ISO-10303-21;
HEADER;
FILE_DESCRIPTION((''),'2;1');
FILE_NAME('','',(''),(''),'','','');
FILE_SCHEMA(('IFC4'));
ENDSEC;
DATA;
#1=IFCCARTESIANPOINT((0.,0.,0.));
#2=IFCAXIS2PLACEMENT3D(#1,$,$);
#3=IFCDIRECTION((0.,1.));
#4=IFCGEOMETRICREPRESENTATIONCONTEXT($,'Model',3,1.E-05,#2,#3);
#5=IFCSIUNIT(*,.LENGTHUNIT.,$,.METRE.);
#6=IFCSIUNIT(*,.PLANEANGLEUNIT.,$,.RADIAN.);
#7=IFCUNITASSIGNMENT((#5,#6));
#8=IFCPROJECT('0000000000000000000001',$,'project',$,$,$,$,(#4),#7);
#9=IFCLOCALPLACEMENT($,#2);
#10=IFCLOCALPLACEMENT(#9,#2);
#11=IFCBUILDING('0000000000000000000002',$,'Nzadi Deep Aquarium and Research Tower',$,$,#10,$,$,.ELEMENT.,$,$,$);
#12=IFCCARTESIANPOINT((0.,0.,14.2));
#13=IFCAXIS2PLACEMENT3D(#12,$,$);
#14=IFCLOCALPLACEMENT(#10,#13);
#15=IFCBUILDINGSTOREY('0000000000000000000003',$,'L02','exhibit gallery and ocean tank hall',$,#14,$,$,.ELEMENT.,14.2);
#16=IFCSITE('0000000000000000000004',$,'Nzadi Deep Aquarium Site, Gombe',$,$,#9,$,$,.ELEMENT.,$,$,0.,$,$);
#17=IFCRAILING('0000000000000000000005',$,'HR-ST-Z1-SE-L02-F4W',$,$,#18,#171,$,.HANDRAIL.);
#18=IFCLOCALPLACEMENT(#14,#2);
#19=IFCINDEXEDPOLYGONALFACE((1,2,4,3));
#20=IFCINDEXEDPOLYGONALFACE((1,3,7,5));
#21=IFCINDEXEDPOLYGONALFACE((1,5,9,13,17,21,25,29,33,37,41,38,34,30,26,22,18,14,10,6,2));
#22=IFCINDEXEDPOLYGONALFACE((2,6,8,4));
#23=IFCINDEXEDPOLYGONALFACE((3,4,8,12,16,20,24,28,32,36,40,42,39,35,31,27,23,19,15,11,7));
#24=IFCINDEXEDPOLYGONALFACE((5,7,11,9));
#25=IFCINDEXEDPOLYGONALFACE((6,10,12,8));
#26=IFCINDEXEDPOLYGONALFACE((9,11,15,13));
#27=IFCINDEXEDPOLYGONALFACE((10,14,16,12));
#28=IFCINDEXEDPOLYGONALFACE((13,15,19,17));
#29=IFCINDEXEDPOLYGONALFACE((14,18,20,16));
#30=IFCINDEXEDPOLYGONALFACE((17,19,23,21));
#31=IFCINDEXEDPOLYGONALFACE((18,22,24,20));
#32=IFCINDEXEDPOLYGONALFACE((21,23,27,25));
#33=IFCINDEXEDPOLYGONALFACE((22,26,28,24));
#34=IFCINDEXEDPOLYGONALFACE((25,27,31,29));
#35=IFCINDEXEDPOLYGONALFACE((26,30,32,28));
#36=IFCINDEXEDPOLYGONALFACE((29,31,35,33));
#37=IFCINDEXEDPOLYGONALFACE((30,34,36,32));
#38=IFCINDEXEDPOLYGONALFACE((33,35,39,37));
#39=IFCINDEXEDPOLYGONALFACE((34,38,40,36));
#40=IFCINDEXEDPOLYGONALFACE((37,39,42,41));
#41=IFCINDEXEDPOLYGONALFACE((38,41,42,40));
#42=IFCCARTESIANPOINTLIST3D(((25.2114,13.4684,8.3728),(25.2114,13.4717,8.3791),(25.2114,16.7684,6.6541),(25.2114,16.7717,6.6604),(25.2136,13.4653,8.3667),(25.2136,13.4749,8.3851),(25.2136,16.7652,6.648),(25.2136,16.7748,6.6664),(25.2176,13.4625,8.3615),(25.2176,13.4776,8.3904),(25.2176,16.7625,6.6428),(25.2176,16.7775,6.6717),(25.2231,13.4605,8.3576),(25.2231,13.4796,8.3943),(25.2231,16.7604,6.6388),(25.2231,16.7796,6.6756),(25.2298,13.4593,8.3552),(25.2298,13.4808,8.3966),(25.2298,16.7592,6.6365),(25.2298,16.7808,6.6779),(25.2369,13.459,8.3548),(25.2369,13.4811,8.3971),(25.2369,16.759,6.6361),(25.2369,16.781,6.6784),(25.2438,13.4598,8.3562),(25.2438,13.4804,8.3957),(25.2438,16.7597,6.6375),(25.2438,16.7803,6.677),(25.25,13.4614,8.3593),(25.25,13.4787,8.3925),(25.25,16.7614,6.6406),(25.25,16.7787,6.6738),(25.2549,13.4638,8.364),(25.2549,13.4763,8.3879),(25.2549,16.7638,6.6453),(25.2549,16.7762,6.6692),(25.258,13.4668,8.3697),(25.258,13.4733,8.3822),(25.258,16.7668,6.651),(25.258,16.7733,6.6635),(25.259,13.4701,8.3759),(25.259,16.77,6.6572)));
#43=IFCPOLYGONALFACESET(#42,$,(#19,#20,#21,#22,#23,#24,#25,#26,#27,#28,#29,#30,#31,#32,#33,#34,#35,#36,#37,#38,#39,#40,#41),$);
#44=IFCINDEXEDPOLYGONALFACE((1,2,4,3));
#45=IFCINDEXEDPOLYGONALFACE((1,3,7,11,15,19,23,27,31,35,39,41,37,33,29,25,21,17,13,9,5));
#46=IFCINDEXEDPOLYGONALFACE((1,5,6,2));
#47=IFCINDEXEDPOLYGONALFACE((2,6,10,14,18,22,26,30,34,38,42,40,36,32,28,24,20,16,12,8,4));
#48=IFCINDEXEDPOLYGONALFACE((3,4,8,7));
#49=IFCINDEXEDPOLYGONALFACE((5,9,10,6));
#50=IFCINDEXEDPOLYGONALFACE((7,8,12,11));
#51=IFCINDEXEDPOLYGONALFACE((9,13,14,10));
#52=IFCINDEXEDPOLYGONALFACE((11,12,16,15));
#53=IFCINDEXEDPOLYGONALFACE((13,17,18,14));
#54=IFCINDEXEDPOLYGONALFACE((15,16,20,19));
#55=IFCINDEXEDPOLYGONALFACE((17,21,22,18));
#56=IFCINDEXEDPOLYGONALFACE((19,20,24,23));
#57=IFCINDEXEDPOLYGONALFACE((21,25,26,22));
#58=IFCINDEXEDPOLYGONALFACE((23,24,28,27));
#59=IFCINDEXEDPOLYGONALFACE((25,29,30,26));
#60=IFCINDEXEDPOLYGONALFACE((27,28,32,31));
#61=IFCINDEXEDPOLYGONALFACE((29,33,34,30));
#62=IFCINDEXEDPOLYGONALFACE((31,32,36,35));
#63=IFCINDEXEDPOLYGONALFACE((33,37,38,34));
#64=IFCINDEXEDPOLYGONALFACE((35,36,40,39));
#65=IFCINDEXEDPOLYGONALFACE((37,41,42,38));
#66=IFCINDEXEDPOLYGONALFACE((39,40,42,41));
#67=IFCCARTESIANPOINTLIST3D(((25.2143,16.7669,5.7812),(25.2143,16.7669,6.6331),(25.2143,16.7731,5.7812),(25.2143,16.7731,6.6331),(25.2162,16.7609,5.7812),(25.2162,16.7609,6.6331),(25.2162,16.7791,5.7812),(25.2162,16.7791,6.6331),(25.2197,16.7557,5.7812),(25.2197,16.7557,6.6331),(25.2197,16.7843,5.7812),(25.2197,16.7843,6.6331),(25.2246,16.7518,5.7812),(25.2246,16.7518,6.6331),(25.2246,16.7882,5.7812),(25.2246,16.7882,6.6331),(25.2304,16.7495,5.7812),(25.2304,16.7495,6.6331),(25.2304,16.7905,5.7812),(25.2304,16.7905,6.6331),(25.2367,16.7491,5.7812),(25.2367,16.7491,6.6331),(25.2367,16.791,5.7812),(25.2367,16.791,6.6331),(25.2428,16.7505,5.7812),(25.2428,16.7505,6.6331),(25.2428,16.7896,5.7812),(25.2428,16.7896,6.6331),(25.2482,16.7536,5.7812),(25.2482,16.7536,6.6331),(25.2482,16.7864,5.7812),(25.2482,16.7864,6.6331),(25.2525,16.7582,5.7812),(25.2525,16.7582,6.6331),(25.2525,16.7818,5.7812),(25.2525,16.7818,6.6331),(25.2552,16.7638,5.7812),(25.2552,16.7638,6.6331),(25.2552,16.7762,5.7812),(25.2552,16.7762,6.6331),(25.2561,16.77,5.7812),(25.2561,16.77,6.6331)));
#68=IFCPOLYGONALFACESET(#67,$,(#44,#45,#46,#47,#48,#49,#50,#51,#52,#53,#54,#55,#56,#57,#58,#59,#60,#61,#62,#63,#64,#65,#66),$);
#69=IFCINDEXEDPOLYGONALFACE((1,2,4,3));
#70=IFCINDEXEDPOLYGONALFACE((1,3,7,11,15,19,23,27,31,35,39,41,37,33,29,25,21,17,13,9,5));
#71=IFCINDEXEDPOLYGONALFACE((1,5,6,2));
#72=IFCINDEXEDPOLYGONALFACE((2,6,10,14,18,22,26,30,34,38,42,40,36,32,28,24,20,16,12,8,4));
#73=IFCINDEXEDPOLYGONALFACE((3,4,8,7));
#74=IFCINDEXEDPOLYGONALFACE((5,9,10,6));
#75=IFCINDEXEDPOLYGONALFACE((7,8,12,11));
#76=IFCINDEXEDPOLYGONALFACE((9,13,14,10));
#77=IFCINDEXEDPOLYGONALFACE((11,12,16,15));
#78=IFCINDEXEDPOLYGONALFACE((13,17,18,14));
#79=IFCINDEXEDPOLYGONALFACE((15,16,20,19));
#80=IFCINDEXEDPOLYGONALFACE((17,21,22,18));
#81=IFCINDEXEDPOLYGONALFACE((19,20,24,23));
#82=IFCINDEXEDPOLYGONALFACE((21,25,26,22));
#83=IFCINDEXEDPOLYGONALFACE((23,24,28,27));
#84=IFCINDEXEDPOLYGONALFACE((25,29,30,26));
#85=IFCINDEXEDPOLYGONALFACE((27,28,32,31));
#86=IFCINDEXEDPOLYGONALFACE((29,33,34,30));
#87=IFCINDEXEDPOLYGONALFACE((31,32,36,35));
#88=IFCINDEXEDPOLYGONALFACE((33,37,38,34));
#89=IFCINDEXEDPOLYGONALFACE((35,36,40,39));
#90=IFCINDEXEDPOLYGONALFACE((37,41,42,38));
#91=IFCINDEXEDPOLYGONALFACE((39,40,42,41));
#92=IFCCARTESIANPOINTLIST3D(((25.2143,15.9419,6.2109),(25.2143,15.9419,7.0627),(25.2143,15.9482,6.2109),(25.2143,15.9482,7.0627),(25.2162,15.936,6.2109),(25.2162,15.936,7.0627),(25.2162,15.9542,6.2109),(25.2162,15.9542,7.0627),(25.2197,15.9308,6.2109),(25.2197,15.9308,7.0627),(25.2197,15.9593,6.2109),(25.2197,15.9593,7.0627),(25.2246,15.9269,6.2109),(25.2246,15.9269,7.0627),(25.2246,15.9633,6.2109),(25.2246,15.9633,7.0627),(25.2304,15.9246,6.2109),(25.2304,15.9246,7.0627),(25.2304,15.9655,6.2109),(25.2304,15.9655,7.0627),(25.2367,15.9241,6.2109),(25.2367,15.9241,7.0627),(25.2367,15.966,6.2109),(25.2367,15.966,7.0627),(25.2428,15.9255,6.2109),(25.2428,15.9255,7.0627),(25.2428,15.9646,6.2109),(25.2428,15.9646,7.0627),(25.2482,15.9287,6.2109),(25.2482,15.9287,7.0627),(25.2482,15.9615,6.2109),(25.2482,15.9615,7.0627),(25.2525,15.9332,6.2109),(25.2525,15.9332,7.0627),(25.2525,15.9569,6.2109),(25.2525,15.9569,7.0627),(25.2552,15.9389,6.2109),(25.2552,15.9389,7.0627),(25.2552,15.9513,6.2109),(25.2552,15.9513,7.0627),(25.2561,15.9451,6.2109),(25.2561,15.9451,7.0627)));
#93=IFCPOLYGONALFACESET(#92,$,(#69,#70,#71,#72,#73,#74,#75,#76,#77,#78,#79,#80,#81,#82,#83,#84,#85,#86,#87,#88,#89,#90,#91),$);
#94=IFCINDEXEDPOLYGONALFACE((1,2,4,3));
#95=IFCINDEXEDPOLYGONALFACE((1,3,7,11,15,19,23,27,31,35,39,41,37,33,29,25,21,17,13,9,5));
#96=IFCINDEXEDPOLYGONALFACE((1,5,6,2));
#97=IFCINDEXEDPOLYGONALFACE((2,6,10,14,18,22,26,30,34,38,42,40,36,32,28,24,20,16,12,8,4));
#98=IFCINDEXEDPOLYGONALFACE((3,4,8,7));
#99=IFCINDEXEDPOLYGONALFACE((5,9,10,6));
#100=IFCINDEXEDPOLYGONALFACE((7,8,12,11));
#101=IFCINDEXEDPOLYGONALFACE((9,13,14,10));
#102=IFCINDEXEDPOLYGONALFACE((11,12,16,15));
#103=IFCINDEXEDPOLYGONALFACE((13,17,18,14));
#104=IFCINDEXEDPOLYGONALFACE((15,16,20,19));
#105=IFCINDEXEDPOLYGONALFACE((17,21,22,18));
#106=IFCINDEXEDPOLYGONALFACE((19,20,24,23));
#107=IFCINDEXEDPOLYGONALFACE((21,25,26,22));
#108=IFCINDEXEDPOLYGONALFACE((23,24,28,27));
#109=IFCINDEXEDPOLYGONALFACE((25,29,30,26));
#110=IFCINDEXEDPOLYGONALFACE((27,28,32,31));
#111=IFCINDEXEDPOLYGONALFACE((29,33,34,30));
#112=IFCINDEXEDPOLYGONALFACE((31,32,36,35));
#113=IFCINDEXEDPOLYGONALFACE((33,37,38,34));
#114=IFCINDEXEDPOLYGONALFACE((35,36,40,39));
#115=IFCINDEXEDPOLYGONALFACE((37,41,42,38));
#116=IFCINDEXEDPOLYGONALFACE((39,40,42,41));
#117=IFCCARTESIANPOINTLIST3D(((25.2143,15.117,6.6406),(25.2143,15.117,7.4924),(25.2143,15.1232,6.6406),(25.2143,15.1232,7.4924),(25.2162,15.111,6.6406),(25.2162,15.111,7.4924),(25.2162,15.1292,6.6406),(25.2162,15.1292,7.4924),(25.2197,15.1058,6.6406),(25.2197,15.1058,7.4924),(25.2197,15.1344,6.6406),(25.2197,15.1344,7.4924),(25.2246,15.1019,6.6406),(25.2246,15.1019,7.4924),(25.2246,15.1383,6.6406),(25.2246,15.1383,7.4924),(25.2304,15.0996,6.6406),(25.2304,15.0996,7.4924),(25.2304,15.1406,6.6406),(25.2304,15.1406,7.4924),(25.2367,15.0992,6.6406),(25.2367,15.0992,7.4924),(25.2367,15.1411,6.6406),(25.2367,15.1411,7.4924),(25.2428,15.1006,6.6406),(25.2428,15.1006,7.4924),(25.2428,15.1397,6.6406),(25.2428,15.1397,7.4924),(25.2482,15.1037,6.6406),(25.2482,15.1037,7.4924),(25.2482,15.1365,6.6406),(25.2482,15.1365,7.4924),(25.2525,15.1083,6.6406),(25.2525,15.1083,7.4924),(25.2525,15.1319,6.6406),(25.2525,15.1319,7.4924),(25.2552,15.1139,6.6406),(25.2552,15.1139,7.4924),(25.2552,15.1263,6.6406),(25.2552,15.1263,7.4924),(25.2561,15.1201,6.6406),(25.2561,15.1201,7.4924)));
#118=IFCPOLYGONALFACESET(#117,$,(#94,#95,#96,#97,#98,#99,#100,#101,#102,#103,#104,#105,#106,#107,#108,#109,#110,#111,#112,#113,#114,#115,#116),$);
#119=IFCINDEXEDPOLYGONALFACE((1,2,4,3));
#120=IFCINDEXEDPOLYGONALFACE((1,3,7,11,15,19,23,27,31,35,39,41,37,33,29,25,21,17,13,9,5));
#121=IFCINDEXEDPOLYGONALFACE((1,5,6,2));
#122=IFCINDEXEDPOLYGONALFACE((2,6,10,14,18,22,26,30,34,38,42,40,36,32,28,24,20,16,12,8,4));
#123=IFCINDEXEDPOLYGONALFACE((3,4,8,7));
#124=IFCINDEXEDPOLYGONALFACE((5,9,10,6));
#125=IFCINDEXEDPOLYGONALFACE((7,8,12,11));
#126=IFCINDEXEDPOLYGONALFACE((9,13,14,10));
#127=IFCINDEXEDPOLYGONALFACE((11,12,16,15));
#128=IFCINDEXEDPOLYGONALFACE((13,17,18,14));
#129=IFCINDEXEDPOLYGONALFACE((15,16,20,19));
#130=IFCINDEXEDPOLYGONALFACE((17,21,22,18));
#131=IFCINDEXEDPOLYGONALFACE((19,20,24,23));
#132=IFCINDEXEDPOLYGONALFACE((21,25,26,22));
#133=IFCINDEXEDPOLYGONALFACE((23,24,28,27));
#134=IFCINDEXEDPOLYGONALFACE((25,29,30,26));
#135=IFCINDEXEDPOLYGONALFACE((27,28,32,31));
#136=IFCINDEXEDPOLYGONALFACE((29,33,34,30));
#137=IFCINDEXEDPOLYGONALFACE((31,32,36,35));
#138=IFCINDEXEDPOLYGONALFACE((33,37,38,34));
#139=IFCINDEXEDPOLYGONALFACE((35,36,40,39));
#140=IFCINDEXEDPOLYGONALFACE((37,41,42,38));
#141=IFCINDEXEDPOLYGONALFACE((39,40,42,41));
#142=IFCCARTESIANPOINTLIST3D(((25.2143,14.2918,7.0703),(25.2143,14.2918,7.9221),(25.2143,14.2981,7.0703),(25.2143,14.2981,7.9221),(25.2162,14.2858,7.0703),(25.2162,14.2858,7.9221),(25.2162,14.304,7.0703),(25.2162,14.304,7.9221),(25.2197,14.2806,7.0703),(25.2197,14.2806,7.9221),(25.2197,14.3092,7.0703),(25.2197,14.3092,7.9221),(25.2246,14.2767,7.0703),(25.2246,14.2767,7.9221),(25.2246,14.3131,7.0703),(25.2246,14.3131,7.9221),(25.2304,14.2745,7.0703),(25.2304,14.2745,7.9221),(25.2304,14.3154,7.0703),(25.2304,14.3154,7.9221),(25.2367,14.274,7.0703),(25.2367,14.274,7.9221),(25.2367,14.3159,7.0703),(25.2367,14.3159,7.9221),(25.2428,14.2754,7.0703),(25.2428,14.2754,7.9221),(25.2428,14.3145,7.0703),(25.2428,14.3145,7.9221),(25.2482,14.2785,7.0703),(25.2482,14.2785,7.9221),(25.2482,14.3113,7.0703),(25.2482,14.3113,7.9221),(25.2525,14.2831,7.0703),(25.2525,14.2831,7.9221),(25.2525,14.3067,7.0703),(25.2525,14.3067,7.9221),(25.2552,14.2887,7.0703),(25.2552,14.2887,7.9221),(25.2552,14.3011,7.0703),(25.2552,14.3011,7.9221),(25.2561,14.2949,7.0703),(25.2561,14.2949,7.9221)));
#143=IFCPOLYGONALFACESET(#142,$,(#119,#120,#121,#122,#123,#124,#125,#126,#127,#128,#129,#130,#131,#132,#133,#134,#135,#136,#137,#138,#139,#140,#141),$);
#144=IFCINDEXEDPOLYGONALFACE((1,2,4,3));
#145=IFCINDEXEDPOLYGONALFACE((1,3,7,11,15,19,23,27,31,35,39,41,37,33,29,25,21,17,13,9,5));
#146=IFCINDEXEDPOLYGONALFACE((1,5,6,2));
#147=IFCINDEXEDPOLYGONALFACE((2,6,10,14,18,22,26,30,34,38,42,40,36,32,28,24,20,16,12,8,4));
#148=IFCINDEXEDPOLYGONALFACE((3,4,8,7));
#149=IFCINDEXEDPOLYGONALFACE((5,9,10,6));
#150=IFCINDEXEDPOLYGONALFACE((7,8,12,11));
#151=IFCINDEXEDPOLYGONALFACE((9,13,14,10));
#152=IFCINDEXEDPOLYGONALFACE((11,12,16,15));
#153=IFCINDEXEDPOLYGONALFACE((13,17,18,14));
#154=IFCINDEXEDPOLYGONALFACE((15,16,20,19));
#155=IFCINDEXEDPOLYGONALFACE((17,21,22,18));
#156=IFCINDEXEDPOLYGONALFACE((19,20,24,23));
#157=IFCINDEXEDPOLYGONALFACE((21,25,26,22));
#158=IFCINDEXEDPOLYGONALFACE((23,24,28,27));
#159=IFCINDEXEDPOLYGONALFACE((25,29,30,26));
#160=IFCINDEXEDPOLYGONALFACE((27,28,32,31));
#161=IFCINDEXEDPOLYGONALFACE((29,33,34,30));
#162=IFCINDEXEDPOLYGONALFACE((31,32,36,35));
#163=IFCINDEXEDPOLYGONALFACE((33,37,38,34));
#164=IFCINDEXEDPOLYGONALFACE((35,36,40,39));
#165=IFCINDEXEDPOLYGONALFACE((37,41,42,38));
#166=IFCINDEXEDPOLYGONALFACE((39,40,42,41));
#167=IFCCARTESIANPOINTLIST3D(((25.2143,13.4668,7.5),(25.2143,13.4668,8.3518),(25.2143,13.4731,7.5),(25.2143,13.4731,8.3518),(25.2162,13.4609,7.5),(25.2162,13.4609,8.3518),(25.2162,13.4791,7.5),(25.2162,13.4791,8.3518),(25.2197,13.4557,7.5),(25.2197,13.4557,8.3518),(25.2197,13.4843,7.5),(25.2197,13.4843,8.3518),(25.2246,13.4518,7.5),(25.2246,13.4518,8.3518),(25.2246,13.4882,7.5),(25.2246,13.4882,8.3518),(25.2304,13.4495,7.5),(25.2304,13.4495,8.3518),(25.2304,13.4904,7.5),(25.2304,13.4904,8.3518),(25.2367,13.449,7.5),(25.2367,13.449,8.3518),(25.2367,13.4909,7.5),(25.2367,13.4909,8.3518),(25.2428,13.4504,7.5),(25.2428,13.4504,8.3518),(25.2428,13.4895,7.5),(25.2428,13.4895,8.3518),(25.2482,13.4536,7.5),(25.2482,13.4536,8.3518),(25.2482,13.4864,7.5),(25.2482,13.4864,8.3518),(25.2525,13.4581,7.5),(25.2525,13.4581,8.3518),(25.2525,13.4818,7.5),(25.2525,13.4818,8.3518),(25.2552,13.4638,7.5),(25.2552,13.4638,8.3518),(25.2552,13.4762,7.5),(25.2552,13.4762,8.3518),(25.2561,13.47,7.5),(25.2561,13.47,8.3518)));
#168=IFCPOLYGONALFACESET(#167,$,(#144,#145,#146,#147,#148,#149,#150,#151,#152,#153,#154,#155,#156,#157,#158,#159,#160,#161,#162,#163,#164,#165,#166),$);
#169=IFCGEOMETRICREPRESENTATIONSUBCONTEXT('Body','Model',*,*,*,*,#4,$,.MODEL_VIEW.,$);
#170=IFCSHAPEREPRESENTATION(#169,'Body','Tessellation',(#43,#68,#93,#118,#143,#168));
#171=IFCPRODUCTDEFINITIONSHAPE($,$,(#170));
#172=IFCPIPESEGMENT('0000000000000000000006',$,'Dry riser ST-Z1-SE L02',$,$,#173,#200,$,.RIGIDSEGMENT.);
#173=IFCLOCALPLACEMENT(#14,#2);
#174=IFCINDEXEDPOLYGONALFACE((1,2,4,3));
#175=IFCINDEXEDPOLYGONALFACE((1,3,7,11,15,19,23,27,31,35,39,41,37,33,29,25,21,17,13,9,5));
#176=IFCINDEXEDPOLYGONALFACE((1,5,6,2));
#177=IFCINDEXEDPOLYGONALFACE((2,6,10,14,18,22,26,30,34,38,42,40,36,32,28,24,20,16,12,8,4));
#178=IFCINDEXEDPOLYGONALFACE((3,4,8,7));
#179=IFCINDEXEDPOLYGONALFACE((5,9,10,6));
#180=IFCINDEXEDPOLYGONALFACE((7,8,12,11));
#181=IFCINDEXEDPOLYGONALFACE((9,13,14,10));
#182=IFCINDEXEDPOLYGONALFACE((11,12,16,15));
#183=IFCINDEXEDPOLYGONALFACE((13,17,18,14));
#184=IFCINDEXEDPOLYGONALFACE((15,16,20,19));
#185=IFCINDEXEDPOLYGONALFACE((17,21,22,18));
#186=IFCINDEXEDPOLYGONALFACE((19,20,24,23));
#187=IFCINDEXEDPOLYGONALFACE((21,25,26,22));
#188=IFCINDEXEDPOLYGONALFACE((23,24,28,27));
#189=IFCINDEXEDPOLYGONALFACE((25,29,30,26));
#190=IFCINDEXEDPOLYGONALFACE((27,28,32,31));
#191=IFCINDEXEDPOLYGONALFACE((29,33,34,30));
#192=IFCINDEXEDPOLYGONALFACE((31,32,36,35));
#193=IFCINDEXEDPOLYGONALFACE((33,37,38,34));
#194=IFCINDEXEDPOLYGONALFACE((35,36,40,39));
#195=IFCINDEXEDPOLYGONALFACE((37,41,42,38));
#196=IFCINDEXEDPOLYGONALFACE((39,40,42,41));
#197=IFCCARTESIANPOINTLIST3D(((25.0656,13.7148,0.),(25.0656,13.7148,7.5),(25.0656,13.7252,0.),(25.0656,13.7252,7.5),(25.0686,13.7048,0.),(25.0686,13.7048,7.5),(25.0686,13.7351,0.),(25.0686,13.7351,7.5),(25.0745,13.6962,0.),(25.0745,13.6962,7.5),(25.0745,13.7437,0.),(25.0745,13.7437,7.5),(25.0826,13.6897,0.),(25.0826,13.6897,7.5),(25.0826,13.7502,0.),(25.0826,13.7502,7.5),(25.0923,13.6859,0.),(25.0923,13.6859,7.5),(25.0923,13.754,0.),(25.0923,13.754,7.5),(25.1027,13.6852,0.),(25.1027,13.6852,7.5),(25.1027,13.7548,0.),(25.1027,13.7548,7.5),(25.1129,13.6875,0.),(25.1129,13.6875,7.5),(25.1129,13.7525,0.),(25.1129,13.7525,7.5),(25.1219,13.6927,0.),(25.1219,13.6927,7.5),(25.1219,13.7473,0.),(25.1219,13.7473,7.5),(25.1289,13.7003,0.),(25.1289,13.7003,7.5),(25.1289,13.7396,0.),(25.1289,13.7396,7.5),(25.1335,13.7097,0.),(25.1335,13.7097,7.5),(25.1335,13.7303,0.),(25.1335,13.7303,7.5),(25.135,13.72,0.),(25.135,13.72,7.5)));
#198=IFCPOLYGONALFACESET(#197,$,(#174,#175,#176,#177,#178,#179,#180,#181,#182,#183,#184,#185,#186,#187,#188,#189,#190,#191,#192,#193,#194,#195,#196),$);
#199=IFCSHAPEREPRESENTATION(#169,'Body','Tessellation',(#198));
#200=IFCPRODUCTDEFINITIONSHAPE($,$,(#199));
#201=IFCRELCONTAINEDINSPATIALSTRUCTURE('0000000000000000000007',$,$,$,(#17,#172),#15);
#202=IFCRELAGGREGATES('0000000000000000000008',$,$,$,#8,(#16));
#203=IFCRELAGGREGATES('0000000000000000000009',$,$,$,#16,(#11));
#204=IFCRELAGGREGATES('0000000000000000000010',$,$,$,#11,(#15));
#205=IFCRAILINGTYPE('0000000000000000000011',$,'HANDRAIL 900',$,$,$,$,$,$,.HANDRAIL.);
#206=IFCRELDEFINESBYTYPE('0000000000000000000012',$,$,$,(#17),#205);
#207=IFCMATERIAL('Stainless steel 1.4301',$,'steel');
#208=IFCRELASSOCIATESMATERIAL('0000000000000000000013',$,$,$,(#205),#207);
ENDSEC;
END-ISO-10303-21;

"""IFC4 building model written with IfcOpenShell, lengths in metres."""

from ifc_helpers import new_model, si_unit, direction, frame, origin, origin_2d, place, context, subcontext, project, spatial, circle, extrude, material, type_object, element, save


model = new_model("IFC4")

# Units and contexts
model_context = context("Model", 3, precision=1e-05, world=origin(), true_north=direction((0.0, 1.0)))
body_context = subcontext(model_context, "Body", "Model", "MODEL_VIEW")
ifc_project = project(units=[si_unit("LENGTHUNIT", "METRE"), si_unit("PLANEANGLEUNIT", "RADIAN")], contexts=[model_context])

# Site, building, storey
site_placement = place(None, origin())
site = spatial("IfcSite", under=ifc_project, at=site_placement, Name="Nzadi Deep Aquarium Site, Gombe", CompositionType="ELEMENT", RefElevation=0.0)
building_placement = place(site_placement, origin())
building = spatial("IfcBuilding", under=site, at=building_placement, Name="Nzadi Deep Aquarium and Research Tower", CompositionType="ELEMENT")
storey_placement = place(building_placement, frame((0.0, 0.0, 14.2)))
storey = spatial("IfcBuildingStorey", under=building, at=storey_placement, Name="L02", Description="exhibit gallery and ocean tank hall", CompositionType="ELEMENT", Elevation=14.2)

# Railing
ifc_material_1 = material(Name="Stainless steel 1.4301", Category="steel")
railing_type = type_object("IfcRailingType", Name="HANDRAIL 900", PredefinedType="HANDRAIL", material=ifc_material_1)
for number, where, name in (
    (1, (25.2351, 16.77, 5.7812), "HR-ST-Z1-SE-L02-F4W"),
):
    element("IfcRailing", number, at=place(storey_placement, frame(where)), inside=storey, type_object=railing_type, Name=name, PredefinedType="HANDRAIL", context=body_context, shape_type="SweptSolid", body=[
        extrude(circle(Radius=0.0239, at=origin_2d()), frame((0.0, 0.0, 0.876), z_axis=(0.0, -0.886917, 0.461929), x_axis=(1.0, 0.0, 0.0)), (0.0, 0.0, 1.0), 3.7207),
        extrude(circle(Radius=0.021, at=origin_2d()), origin(), (0.0, 0.0, 1.0), 0.8518),
        extrude(circle(Radius=0.021, at=origin_2d()), frame((0.0, -0.825, 0.4297)), (0.0, 0.0, 1.0), 0.8518),
        extrude(circle(Radius=0.021, at=origin_2d()), frame((0.0, -1.6499, 0.8594)), (0.0, 0.0, 1.0), 0.8518),
        extrude(circle(Radius=0.021, at=origin_2d()), frame((0.0, -2.4751, 1.2891)), (0.0, 0.0, 1.0), 0.8518),
        extrude(circle(Radius=0.021, at=origin_2d()), frame((0.0, -3.3, 1.7188)), (0.0, 0.0, 1.0), 0.8518),
    ])

# Pipe segment
pipe_segment_placement = place(storey_placement, frame((25.1001, 13.72, 0.0), z_axis=(0.0, 0.0, 1.0), x_axis=(1.0, 0.0, 0.0)))
element("IfcPipeSegment", 2, at=pipe_segment_placement, inside=storey, Name="Dry riser ST-Z1-SE L02", PredefinedType="RIGIDSEGMENT", context=body_context, shape_type="SweptSolid", body=[
    extrude(circle(Radius=0.0349, at=origin_2d()), origin(), (0.0, 0.0, 1.0), 7.5),
])

save(model, "model.ifc")
